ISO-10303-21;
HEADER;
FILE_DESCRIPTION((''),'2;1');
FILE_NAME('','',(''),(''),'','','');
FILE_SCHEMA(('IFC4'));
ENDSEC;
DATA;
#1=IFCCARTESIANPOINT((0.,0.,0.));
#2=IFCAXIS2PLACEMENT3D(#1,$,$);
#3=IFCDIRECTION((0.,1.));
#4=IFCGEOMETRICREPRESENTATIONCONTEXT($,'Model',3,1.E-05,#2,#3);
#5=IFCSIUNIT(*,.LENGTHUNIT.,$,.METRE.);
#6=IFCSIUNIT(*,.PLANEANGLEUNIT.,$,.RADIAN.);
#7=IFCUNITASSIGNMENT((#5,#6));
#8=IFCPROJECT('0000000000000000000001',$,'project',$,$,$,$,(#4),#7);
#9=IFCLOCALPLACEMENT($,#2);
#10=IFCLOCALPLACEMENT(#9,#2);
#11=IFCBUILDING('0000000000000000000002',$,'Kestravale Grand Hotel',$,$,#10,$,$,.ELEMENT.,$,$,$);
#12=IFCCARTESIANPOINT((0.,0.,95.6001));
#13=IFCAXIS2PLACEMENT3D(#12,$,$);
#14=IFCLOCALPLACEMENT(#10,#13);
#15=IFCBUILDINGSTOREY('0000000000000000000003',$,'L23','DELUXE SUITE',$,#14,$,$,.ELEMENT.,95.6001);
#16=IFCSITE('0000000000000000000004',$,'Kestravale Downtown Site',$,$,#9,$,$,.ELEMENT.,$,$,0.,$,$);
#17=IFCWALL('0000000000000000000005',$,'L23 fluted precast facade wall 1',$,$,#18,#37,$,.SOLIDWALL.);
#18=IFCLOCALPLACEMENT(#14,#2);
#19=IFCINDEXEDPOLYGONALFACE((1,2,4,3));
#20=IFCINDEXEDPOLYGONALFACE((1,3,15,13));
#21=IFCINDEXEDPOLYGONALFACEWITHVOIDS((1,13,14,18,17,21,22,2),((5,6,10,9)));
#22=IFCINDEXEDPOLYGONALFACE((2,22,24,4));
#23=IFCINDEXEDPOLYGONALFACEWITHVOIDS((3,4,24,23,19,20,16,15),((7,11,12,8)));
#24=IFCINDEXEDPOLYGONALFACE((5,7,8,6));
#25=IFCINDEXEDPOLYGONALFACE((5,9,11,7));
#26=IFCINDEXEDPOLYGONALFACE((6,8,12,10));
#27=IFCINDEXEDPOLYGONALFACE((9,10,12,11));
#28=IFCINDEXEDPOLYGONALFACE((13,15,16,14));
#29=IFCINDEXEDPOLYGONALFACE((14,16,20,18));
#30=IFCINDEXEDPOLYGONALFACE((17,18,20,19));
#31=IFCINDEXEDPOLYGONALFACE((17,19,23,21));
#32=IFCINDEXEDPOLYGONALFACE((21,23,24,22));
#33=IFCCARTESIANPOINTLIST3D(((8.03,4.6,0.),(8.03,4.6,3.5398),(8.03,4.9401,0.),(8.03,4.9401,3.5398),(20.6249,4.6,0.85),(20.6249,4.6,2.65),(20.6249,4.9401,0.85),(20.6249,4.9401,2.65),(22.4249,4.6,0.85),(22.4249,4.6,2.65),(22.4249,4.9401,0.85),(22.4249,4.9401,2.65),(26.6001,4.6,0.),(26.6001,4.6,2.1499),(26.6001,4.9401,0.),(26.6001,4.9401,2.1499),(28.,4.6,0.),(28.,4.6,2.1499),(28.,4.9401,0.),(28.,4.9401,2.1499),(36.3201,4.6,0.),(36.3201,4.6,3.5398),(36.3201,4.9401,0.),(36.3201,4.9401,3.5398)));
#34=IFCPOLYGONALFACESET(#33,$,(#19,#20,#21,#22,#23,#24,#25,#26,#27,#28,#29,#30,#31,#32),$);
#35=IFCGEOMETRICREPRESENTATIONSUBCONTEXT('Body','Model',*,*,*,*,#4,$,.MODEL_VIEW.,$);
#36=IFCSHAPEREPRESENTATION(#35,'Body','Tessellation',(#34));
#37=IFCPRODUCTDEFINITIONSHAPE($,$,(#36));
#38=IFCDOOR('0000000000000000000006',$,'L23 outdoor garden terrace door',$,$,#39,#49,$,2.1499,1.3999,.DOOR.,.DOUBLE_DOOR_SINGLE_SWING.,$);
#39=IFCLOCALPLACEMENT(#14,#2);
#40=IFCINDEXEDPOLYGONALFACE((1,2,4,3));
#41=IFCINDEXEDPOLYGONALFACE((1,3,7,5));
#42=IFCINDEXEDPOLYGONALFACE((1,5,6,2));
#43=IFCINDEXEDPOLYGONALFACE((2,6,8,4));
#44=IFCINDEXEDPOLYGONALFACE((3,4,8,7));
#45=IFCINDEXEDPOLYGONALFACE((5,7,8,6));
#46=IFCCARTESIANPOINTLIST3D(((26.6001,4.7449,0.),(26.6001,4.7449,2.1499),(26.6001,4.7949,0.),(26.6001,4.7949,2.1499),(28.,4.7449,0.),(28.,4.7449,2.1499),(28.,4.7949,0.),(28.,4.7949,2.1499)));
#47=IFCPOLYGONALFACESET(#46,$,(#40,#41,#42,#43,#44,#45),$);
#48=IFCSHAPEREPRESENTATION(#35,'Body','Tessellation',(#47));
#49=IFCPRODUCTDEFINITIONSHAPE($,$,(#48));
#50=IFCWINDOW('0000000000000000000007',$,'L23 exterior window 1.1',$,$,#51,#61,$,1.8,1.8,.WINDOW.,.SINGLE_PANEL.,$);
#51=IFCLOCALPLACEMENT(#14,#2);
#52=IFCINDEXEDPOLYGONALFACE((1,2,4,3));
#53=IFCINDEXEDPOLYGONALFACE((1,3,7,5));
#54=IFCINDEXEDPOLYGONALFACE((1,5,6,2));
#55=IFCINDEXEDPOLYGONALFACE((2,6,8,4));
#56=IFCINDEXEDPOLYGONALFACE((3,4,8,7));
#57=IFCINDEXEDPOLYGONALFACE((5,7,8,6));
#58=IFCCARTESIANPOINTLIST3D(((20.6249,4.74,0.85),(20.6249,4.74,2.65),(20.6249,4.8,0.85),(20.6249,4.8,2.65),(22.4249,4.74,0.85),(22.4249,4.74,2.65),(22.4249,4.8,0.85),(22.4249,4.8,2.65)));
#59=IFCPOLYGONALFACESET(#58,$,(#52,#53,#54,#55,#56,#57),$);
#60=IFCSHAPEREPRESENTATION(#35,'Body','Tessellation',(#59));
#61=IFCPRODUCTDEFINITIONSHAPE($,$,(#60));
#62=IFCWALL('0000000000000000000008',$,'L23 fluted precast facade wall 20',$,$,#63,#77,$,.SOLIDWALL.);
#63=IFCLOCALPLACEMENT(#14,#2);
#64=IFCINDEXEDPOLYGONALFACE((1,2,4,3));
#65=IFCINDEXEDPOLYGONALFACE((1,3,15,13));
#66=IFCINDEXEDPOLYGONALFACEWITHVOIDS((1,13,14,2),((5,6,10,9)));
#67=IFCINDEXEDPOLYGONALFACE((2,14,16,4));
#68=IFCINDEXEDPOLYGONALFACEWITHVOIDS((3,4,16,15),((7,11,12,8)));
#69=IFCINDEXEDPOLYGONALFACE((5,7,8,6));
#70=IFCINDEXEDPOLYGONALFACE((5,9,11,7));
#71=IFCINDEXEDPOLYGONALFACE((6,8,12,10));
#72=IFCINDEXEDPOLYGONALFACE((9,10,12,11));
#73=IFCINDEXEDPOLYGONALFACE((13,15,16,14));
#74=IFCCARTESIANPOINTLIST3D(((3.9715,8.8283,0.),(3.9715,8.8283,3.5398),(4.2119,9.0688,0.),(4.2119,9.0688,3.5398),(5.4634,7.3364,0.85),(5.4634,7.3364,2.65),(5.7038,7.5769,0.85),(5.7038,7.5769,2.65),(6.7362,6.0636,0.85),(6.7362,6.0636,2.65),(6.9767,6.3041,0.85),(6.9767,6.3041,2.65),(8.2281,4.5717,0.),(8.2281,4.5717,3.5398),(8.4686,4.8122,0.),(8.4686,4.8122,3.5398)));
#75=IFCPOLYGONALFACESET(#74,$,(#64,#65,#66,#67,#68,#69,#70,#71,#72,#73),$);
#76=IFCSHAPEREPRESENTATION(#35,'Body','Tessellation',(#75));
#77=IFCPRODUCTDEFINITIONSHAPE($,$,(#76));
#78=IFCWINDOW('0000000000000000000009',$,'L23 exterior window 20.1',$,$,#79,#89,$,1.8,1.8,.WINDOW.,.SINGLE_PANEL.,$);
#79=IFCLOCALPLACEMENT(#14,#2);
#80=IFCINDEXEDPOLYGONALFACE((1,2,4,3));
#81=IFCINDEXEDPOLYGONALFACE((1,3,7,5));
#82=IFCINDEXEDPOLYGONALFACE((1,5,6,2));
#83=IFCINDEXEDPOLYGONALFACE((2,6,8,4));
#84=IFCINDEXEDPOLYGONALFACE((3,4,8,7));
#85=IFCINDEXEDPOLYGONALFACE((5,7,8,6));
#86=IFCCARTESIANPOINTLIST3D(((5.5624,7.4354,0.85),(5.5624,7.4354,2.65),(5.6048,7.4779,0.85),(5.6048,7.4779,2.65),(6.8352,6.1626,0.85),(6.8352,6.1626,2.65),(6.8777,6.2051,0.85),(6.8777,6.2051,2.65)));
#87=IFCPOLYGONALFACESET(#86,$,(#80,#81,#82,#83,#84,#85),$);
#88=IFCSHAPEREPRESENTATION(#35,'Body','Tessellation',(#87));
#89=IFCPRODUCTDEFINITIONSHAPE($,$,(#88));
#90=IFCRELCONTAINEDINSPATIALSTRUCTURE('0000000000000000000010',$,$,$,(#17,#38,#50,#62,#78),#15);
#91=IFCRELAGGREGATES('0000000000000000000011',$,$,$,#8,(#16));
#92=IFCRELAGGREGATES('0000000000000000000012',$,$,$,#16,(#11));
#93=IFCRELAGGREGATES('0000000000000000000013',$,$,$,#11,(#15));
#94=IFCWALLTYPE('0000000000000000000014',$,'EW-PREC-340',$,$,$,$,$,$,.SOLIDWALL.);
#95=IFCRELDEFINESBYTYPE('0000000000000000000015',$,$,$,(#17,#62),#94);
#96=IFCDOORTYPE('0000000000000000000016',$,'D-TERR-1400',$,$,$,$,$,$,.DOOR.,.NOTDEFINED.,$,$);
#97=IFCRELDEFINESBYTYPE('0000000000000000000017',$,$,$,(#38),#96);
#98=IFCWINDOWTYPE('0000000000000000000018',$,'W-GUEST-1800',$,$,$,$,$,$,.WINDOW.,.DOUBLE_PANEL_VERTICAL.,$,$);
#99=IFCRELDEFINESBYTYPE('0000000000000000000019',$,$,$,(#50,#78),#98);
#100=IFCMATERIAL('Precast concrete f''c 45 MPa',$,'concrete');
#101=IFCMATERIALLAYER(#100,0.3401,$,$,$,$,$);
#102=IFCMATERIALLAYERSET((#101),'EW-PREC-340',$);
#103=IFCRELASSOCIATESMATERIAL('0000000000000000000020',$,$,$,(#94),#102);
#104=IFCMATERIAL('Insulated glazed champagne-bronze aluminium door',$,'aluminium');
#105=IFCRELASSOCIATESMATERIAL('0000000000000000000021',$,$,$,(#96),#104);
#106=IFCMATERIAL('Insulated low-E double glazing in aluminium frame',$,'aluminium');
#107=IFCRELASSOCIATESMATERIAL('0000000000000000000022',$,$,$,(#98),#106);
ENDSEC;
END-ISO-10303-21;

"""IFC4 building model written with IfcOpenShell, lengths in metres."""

from ifc_helpers import new_model, si_unit, direction, frame, frame_2d, origin, place, context, subcontext, project, spatial, rectangle, extrude, material, layer, layer_set, type_object, element, fill, save


model = new_model("IFC4")

# Units and contexts
model_context = context("Model", 3, precision=1e-05, world=origin(), true_north=direction((0.0, 1.0)))
body_context = subcontext(model_context, "Body", "Model", "MODEL_VIEW")
ifc_project = project(units=[si_unit("LENGTHUNIT", "METRE"), si_unit("PLANEANGLEUNIT", "RADIAN")], contexts=[model_context])

# Site, building, storey
site_placement = place(None, origin())
site = spatial("IfcSite", under=ifc_project, at=site_placement, Name="Kestravale Downtown Site", CompositionType="ELEMENT", RefElevation=0.0)
building_placement = place(site_placement, origin())
building = spatial("IfcBuilding", under=site, at=building_placement, Name="Kestravale Grand Hotel", CompositionType="ELEMENT")
storey_placement = place(building_placement, frame((0.0, 0.0, 95.6001)))
storey = spatial("IfcBuildingStorey", under=building, at=storey_placement, Name="L23", Description="DELUXE SUITE", CompositionType="ELEMENT", Elevation=95.6001)

# Wall, openings, door, window
ifc_material_1 = material(Name="Precast concrete f'c 45 MPa", Category="concrete")
ifc_layer_1 = layer(ifc_material_1, 0.3401)
ifc_layer_set_1 = layer_set([ifc_layer_1], Name="EW-PREC-340")
wall_type_1 = type_object("IfcWallType", Name="EW-PREC-340", PredefinedType="SOLIDWALL", material=ifc_layer_set_1)
wall_1_placement = place(storey_placement, frame((8.03, 4.77, 0.0), z_axis=(0.0, 0.0, 1.0), x_axis=(1.0, 0.0, 0.0)))
wall_1 = element("IfcWall", 1, at=wall_1_placement, inside=storey, type_object=wall_type_1, Name="L23 fluted precast facade wall 1", PredefinedType="SOLIDWALL", context=body_context, shape_type="SweptSolid", body=[
    extrude(rectangle(XDim=28.29, YDim=0.3401, at=frame_2d((14.145, 0.0))), origin(), (0.0, 0.0, 1.0), 3.5398),
])
opening_1_placement = place(wall_1_placement, frame((18.5701, 0.0, 0.0)))
opening_1 = element("IfcOpeningElement", 2, at=opening_1_placement, cuts=wall_1, PredefinedType="OPENING", context=body_context, shape_type="SweptSolid", body=[
    extrude(rectangle(XDim=1.3999, YDim=2.1499, at=frame_2d((0.7, 1.075))), frame((0.0, 0.1799, 0.0), z_axis=(0.0, -1.0, 0.0), x_axis=(1.0, 0.0, 0.0)), (0.0, 0.0, 1.0), 0.3601),
])
opening_2_placement = place(wall_1_placement, frame((12.595, 0.0, 0.8501)))
opening_2 = element("IfcOpeningElement", 3, at=opening_2_placement, cuts=wall_1, PredefinedType="OPENING", context=body_context, shape_type="SweptSolid", body=[
    extrude(rectangle(XDim=1.8, YDim=1.8, at=frame_2d((0.8999, 0.8999))), frame((0.0, 0.1799, 0.0), z_axis=(0.0, -1.0, 0.0), x_axis=(1.0, 0.0, 0.0)), (0.0, 0.0, 1.0), 0.3601),
])
ifc_material_2 = material(Name="Insulated glazed champagne-bronze aluminium door", Category="aluminium")
door_type_1 = type_object("IfcDoorType", Name="D-TERR-1400", OperationType="NOTDEFINED", PredefinedType="DOOR", material=ifc_material_2)
door_1_placement = place(opening_1_placement, origin())
door_1 = element("IfcDoor", 4, at=door_1_placement, inside=storey, type_object=door_type_1, Name="L23 outdoor garden terrace door", OperationType="DOUBLE_DOOR_SINGLE_SWING", OverallHeight=2.1499, OverallWidth=1.3999, PredefinedType="DOOR", context=body_context, shape_type="SweptSolid", body=[
    extrude(rectangle(XDim=1.3999, YDim=2.1499, at=frame_2d((0.7, 1.075))), frame((0.0, 0.0249, 0.0), z_axis=(0.0, -1.0, 0.0), x_axis=(1.0, 0.0, 0.0)), (0.0, 0.0, 1.0), 0.05),
])
fill(opening_1, door_1)
ifc_material_3 = material(Name="Insulated low-E double glazing in aluminium frame", Category="aluminium")
window_type = type_object("IfcWindowType", Name="W-GUEST-1800", PartitioningType="DOUBLE_PANEL_VERTICAL", PredefinedType="WINDOW", material=ifc_material_3)
window_1_placement = place(opening_2_placement, origin())
window_1 = element("IfcWindow", 5, at=window_1_placement, inside=storey, type_object=window_type, Name="L23 exterior window 1.1", OverallHeight=1.8, OverallWidth=1.8, PartitioningType="SINGLE_PANEL", PredefinedType="WINDOW", context=body_context, shape_type="SweptSolid", body=[
    extrude(rectangle(XDim=1.8, YDim=1.8, at=frame_2d((0.8999, 0.8999))), frame((0.0, 0.03, 0.0), z_axis=(0.0, -1.0, 0.0), x_axis=(1.0, 0.0, 0.0)), (0.0, 0.0, 1.0), 0.0601),
])
fill(opening_2, window_1)

# Wall, opening, window
wall_2_placement = place(storey_placement, frame((4.0918, 8.9485, 0.0), z_axis=(0.0, 0.0, 1.0), x_axis=(0.707107, -0.707107, 0.0)))
wall_2 = element("IfcWall", 6, at=wall_2_placement, inside=storey, type_object=wall_type_1, Name="L23 fluted precast facade wall 20", PredefinedType="SOLIDWALL", context=body_context, shape_type="SweptSolid", body=[
    extrude(rectangle(XDim=6.0198, YDim=0.3401, at=frame_2d((3.0098, 0.0))), origin(), (0.0, 0.0, 1.0), 3.5398),
])
opening_3_placement = place(wall_2_placement, frame((2.1099, 0.0, 0.8501)))
opening_3 = element("IfcOpeningElement", 7, at=opening_3_placement, cuts=wall_2, PredefinedType="OPENING", context=body_context, shape_type="SweptSolid", body=[
    extrude(rectangle(XDim=1.8, YDim=1.8, at=frame_2d((0.8999, 0.8999))), frame((0.0, 0.1799, 0.0), z_axis=(0.0, -1.0, 0.0), x_axis=(1.0, 0.0, 0.0)), (0.0, 0.0, 1.0), 0.3601),
])
window_2_placement = place(opening_3_placement, origin())
window_2 = element("IfcWindow", 8, at=window_2_placement, inside=storey, type_object=window_type, Name="L23 exterior window 20.1", OverallHeight=1.8, OverallWidth=1.8, PartitioningType="SINGLE_PANEL", PredefinedType="WINDOW", context=body_context, shape_type="SweptSolid", body=[
    extrude(rectangle(XDim=1.8, YDim=1.8, at=frame_2d((0.8999, 0.8999))), frame((0.0, 0.03, 0.0), z_axis=(0.0, -1.0, 0.0), x_axis=(1.0, 0.0, 0.0)), (0.0, 0.0, 1.0), 0.0601),
])
fill(opening_3, window_2)

save(model, "model.ifc")
